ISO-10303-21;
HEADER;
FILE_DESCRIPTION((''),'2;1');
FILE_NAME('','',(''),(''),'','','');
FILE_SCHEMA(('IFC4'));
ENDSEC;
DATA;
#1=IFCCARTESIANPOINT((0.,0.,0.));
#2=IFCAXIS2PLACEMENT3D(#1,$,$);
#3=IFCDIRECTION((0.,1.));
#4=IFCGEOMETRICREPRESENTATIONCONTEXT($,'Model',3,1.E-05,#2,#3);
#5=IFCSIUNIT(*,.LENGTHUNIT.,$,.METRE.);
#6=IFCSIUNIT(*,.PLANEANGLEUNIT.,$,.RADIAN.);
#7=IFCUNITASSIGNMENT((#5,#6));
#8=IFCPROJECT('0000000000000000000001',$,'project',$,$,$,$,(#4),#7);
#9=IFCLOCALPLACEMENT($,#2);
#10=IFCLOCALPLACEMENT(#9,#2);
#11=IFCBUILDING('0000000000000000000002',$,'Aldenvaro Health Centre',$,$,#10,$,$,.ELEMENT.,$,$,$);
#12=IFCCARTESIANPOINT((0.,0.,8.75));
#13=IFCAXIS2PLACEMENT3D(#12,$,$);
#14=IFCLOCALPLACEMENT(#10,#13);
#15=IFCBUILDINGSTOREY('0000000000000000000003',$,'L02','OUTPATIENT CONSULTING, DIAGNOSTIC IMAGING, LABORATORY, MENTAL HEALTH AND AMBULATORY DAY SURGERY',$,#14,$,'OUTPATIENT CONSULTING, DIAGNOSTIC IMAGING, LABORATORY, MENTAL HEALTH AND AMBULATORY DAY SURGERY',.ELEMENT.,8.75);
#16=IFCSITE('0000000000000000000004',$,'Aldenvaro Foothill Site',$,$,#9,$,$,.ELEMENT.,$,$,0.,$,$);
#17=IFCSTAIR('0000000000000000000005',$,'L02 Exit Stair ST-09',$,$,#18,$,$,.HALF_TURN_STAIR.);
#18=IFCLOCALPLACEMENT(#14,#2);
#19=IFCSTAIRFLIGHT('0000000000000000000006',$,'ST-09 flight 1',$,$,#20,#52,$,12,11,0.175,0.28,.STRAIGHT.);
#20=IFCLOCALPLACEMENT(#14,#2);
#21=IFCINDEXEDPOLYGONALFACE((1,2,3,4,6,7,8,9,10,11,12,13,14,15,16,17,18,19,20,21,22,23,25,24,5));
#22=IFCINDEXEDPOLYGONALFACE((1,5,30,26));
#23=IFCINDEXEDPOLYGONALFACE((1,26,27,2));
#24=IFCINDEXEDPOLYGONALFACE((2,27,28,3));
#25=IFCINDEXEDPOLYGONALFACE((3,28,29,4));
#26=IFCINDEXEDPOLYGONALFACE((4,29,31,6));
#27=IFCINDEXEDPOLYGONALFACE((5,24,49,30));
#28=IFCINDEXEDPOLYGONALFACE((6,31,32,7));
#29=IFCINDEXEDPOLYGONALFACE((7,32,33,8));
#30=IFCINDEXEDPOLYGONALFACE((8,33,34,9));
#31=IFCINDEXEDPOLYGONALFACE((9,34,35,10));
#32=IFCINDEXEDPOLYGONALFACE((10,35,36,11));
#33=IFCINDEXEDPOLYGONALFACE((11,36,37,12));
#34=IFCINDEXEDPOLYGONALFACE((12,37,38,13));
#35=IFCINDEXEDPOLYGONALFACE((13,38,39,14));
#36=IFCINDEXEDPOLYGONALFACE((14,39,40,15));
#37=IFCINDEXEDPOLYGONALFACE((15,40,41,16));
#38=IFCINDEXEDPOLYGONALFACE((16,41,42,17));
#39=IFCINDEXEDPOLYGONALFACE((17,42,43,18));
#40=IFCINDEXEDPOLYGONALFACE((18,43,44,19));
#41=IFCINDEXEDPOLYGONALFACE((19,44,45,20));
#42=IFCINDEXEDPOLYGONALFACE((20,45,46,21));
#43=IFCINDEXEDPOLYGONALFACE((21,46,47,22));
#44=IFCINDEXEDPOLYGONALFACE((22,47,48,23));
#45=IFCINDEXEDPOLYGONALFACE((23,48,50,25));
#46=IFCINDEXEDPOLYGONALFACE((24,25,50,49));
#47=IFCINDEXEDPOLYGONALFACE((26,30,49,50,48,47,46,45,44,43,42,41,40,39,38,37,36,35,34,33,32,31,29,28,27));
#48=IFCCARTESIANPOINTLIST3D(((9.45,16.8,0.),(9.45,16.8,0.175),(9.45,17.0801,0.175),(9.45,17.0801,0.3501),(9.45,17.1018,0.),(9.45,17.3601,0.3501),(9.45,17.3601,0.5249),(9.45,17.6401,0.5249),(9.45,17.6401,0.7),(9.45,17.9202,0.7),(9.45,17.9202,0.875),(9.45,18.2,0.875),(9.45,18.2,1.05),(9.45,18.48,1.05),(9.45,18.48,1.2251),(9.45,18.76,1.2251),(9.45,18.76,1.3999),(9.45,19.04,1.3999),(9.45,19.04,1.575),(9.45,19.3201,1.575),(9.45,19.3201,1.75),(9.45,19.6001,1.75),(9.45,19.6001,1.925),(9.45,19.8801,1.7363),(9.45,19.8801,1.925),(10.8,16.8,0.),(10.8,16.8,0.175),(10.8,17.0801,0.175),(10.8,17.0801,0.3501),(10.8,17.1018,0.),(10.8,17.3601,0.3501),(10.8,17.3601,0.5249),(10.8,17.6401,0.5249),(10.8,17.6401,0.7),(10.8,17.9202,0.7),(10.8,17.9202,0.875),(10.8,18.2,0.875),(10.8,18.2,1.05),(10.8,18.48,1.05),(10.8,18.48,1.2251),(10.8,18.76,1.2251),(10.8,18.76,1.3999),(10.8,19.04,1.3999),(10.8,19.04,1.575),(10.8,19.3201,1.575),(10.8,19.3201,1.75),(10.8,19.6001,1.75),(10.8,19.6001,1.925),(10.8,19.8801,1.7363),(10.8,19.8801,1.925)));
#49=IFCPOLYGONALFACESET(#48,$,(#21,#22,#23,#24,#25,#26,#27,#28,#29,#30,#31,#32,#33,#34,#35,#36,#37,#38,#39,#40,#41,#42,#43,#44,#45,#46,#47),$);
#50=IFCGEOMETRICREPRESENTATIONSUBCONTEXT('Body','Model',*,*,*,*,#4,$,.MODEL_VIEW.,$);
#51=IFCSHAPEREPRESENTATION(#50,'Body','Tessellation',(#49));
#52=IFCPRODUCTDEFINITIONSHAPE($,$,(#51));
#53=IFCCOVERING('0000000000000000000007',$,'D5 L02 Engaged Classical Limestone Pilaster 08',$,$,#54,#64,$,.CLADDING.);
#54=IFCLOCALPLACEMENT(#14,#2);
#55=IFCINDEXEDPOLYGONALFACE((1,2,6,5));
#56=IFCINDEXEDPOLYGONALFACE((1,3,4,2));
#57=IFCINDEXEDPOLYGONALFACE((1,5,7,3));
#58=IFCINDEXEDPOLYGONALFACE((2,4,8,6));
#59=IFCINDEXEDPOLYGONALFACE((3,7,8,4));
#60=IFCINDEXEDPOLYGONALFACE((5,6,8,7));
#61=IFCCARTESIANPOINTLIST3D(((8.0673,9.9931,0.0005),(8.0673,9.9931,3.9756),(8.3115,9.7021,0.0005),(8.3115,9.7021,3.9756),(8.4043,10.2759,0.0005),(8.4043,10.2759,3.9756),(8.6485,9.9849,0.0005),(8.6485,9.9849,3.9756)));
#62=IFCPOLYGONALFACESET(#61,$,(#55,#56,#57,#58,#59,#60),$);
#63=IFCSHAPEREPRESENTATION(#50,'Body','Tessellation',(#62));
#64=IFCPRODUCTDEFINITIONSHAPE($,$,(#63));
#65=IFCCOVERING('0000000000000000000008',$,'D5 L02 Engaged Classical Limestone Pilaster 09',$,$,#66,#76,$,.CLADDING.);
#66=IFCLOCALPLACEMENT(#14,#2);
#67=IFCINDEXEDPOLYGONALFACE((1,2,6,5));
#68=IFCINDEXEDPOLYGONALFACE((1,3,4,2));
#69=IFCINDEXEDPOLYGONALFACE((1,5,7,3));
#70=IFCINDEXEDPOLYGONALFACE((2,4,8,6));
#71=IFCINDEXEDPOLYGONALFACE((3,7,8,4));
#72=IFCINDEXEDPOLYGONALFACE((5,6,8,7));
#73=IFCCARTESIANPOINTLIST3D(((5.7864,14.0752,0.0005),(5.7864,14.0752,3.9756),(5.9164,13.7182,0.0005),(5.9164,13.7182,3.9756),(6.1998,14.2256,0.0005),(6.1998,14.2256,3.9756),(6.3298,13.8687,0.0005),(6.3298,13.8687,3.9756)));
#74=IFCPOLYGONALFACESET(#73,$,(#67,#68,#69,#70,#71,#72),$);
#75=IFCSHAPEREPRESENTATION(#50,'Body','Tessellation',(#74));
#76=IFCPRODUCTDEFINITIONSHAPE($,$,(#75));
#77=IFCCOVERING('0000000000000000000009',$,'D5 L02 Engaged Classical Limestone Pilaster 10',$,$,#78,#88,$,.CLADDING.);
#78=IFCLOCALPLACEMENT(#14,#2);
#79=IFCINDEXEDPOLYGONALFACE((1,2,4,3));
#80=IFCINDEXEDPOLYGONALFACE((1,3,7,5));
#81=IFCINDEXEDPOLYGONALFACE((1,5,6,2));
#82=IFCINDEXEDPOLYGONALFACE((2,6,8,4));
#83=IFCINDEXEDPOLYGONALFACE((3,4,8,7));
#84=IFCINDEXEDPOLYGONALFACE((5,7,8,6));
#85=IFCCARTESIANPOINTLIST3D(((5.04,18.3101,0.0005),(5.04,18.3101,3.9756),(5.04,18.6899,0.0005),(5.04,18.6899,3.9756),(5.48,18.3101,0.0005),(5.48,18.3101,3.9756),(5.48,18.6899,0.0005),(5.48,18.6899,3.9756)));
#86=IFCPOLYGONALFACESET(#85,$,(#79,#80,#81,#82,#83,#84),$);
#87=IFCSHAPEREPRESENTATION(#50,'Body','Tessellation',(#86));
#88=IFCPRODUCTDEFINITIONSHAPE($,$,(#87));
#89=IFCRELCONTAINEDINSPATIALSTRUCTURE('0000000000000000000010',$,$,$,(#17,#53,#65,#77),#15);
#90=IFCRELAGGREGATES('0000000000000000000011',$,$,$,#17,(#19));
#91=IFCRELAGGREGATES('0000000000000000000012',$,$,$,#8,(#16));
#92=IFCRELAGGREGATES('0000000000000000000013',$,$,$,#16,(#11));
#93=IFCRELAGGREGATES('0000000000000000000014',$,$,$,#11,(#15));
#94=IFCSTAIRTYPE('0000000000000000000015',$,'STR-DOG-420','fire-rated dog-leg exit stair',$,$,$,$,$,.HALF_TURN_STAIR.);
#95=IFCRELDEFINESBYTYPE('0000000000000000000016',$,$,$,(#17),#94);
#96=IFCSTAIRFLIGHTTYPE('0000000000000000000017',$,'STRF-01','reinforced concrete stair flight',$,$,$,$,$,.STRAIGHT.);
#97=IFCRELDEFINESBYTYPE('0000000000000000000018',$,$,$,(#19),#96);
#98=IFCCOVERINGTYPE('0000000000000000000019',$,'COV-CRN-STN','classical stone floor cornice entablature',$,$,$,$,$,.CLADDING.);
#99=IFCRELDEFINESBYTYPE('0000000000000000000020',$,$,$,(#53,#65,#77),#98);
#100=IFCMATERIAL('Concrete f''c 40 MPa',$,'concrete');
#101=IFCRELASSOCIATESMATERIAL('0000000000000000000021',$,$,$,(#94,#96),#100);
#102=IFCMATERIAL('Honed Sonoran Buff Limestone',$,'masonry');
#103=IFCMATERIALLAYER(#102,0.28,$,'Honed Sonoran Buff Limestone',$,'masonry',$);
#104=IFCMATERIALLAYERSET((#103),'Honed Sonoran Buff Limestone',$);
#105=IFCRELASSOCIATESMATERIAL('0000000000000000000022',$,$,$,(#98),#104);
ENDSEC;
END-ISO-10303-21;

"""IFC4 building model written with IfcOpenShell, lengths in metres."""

from ifc_helpers import new_model, si_unit, direction, frame, origin, origin_2d, place, context, subcontext, project, spatial, polyline, rectangle, outline, extrude, material, layer, layer_set, type_object, element, aggregate, save


model = new_model("IFC4")

# Units and contexts
model_context = context("Model", 3, precision=1e-05, world=origin(), true_north=direction((0.0, 1.0)))
body_context = subcontext(model_context, "Body", "Model", "MODEL_VIEW")
ifc_project = project(units=[si_unit("LENGTHUNIT", "METRE"), si_unit("PLANEANGLEUNIT", "RADIAN")], contexts=[model_context])

# Site, building, storey
site_placement = place(None, origin())
site = spatial("IfcSite", under=ifc_project, at=site_placement, Name="Aldenvaro Foothill Site", CompositionType="ELEMENT", RefElevation=0.0)
building_placement = place(site_placement, origin())
building = spatial("IfcBuilding", under=site, at=building_placement, Name="Aldenvaro Health Centre", CompositionType="ELEMENT")
storey_placement = place(building_placement, frame((0.0, 0.0, 8.75)))
storey = spatial("IfcBuildingStorey", under=building, at=storey_placement, Name="L02", Description="OUTPATIENT CONSULTING, DIAGNOSTIC IMAGING, LABORATORY, MENTAL HEALTH AND AMBULATORY DAY SURGERY", LongName="OUTPATIENT CONSULTING, DIAGNOSTIC IMAGING, LABORATORY, MENTAL HEALTH AND AMBULATORY DAY SURGERY", CompositionType="ELEMENT", Elevation=8.75)

# Shared definitions
ifc_material_1 = material(Name="Concrete f'c 40 MPa", Category="concrete")

# Stair, stair flight
stair_type = type_object("IfcStairType", Name="STR-DOG-420", Description="fire-rated dog-leg exit stair", PredefinedType="HALF_TURN_STAIR", material=ifc_material_1)
stair_placement = place(storey_placement, origin())
stair = element("IfcStair", 1, at=stair_placement, inside=storey, type_object=stair_type, Name="L02 Exit Stair ST-09", PredefinedType="HALF_TURN_STAIR")
stair_flight_type = type_object("IfcStairFlightType", Name="STRF-01", Description="reinforced concrete stair flight", PredefinedType="STRAIGHT", material=ifc_material_1)
stair_flight_placement = place(storey_placement, frame((10.125, 16.8, 0.0), z_axis=(0.0, 0.0, 1.0), x_axis=(0.0, 1.0, 0.0)))
stair_flight = element("IfcStairFlight", 2, at=stair_flight_placement, type_object=stair_flight_type, Name="ST-09 flight 1", NumberOfRisers=12, NumberOfTreads=11, PredefinedType="STRAIGHT", RiserHeight=0.175, TreadLength=0.28, context=body_context, shape_type="SweptSolid", body=[
    extrude(outline(polyline([(0.0, 0.0), (0.0, 0.175), (0.28, 0.175), (0.28, 0.3501), (0.5601, 0.3501), (0.5601, 0.5249), (0.8401, 0.5249), (0.8401, 0.7), (1.1201, 0.7), (1.1201, 0.875), (1.3999, 0.875), (1.3999, 1.05), (1.6799, 1.05), (1.6799, 1.2251), (1.96, 1.2251), (1.96, 1.3999), (2.24, 1.3999), (2.24, 1.575), (2.52, 1.575), (2.52, 1.75), (2.8, 1.75), (2.8, 1.925), (3.0801, 1.925), (3.0801, 2.1001), (3.0801, 1.7363), (0.3018, 0.0), (0.0, 0.0)])), frame((0.0, 0.675, 0.0), z_axis=(0.0, -1.0, 0.0), x_axis=(1.0, 0.0, 0.0)), (0.0, 0.0, 1.0), 1.3501),
])
aggregate(stair, [stair_flight])

# Coverings
ifc_material_2 = material(Name="Honed Sonoran Buff Limestone", Category="masonry")
ifc_layer_1 = layer(ifc_material_2, 0.28, Name="Honed Sonoran Buff Limestone", Category="masonry")
ifc_layer_set_1 = layer_set([ifc_layer_1], Name="Honed Sonoran Buff Limestone")
covering_type = type_object("IfcCoveringType", Name="COV-CRN-STN", Description="classical stone floor cornice entablature", PredefinedType="CLADDING", material=ifc_layer_set_1)
for number, where, z_axis, x_axis, name in (
    (3, (8.3579, 9.989, 0.0005), (0.0, 0.0, 1.0), (-0.766044, -0.642788, 0.0), "D5 L02 Engaged Classical Limestone Pilaster 08"),
    (4, (6.0581, 13.9719, 0.0005), (0.0, 0.0, 1.0), (-0.939694, -0.342017, 0.0), "D5 L02 Engaged Classical Limestone Pilaster 09"),
    (5, (5.26, 18.5, 0.0005), (0.0, 0.0, 1.0), (-1.0, 0.0, 0.0), "D5 L02 Engaged Classical Limestone Pilaster 10"),
):
    element("IfcCovering", number, at=place(storey_placement, frame(where, z_axis=z_axis, x_axis=x_axis)), inside=storey, type_object=covering_type, Name=name, PredefinedType="CLADDING", context=body_context, shape_type="SweptSolid", body=[
        extrude(rectangle(XDim=0.4399, YDim=0.3799, at=origin_2d()), origin(), (0.0, 0.0, 1.0), 3.9751),
    ])

save(model, "model.ifc")
